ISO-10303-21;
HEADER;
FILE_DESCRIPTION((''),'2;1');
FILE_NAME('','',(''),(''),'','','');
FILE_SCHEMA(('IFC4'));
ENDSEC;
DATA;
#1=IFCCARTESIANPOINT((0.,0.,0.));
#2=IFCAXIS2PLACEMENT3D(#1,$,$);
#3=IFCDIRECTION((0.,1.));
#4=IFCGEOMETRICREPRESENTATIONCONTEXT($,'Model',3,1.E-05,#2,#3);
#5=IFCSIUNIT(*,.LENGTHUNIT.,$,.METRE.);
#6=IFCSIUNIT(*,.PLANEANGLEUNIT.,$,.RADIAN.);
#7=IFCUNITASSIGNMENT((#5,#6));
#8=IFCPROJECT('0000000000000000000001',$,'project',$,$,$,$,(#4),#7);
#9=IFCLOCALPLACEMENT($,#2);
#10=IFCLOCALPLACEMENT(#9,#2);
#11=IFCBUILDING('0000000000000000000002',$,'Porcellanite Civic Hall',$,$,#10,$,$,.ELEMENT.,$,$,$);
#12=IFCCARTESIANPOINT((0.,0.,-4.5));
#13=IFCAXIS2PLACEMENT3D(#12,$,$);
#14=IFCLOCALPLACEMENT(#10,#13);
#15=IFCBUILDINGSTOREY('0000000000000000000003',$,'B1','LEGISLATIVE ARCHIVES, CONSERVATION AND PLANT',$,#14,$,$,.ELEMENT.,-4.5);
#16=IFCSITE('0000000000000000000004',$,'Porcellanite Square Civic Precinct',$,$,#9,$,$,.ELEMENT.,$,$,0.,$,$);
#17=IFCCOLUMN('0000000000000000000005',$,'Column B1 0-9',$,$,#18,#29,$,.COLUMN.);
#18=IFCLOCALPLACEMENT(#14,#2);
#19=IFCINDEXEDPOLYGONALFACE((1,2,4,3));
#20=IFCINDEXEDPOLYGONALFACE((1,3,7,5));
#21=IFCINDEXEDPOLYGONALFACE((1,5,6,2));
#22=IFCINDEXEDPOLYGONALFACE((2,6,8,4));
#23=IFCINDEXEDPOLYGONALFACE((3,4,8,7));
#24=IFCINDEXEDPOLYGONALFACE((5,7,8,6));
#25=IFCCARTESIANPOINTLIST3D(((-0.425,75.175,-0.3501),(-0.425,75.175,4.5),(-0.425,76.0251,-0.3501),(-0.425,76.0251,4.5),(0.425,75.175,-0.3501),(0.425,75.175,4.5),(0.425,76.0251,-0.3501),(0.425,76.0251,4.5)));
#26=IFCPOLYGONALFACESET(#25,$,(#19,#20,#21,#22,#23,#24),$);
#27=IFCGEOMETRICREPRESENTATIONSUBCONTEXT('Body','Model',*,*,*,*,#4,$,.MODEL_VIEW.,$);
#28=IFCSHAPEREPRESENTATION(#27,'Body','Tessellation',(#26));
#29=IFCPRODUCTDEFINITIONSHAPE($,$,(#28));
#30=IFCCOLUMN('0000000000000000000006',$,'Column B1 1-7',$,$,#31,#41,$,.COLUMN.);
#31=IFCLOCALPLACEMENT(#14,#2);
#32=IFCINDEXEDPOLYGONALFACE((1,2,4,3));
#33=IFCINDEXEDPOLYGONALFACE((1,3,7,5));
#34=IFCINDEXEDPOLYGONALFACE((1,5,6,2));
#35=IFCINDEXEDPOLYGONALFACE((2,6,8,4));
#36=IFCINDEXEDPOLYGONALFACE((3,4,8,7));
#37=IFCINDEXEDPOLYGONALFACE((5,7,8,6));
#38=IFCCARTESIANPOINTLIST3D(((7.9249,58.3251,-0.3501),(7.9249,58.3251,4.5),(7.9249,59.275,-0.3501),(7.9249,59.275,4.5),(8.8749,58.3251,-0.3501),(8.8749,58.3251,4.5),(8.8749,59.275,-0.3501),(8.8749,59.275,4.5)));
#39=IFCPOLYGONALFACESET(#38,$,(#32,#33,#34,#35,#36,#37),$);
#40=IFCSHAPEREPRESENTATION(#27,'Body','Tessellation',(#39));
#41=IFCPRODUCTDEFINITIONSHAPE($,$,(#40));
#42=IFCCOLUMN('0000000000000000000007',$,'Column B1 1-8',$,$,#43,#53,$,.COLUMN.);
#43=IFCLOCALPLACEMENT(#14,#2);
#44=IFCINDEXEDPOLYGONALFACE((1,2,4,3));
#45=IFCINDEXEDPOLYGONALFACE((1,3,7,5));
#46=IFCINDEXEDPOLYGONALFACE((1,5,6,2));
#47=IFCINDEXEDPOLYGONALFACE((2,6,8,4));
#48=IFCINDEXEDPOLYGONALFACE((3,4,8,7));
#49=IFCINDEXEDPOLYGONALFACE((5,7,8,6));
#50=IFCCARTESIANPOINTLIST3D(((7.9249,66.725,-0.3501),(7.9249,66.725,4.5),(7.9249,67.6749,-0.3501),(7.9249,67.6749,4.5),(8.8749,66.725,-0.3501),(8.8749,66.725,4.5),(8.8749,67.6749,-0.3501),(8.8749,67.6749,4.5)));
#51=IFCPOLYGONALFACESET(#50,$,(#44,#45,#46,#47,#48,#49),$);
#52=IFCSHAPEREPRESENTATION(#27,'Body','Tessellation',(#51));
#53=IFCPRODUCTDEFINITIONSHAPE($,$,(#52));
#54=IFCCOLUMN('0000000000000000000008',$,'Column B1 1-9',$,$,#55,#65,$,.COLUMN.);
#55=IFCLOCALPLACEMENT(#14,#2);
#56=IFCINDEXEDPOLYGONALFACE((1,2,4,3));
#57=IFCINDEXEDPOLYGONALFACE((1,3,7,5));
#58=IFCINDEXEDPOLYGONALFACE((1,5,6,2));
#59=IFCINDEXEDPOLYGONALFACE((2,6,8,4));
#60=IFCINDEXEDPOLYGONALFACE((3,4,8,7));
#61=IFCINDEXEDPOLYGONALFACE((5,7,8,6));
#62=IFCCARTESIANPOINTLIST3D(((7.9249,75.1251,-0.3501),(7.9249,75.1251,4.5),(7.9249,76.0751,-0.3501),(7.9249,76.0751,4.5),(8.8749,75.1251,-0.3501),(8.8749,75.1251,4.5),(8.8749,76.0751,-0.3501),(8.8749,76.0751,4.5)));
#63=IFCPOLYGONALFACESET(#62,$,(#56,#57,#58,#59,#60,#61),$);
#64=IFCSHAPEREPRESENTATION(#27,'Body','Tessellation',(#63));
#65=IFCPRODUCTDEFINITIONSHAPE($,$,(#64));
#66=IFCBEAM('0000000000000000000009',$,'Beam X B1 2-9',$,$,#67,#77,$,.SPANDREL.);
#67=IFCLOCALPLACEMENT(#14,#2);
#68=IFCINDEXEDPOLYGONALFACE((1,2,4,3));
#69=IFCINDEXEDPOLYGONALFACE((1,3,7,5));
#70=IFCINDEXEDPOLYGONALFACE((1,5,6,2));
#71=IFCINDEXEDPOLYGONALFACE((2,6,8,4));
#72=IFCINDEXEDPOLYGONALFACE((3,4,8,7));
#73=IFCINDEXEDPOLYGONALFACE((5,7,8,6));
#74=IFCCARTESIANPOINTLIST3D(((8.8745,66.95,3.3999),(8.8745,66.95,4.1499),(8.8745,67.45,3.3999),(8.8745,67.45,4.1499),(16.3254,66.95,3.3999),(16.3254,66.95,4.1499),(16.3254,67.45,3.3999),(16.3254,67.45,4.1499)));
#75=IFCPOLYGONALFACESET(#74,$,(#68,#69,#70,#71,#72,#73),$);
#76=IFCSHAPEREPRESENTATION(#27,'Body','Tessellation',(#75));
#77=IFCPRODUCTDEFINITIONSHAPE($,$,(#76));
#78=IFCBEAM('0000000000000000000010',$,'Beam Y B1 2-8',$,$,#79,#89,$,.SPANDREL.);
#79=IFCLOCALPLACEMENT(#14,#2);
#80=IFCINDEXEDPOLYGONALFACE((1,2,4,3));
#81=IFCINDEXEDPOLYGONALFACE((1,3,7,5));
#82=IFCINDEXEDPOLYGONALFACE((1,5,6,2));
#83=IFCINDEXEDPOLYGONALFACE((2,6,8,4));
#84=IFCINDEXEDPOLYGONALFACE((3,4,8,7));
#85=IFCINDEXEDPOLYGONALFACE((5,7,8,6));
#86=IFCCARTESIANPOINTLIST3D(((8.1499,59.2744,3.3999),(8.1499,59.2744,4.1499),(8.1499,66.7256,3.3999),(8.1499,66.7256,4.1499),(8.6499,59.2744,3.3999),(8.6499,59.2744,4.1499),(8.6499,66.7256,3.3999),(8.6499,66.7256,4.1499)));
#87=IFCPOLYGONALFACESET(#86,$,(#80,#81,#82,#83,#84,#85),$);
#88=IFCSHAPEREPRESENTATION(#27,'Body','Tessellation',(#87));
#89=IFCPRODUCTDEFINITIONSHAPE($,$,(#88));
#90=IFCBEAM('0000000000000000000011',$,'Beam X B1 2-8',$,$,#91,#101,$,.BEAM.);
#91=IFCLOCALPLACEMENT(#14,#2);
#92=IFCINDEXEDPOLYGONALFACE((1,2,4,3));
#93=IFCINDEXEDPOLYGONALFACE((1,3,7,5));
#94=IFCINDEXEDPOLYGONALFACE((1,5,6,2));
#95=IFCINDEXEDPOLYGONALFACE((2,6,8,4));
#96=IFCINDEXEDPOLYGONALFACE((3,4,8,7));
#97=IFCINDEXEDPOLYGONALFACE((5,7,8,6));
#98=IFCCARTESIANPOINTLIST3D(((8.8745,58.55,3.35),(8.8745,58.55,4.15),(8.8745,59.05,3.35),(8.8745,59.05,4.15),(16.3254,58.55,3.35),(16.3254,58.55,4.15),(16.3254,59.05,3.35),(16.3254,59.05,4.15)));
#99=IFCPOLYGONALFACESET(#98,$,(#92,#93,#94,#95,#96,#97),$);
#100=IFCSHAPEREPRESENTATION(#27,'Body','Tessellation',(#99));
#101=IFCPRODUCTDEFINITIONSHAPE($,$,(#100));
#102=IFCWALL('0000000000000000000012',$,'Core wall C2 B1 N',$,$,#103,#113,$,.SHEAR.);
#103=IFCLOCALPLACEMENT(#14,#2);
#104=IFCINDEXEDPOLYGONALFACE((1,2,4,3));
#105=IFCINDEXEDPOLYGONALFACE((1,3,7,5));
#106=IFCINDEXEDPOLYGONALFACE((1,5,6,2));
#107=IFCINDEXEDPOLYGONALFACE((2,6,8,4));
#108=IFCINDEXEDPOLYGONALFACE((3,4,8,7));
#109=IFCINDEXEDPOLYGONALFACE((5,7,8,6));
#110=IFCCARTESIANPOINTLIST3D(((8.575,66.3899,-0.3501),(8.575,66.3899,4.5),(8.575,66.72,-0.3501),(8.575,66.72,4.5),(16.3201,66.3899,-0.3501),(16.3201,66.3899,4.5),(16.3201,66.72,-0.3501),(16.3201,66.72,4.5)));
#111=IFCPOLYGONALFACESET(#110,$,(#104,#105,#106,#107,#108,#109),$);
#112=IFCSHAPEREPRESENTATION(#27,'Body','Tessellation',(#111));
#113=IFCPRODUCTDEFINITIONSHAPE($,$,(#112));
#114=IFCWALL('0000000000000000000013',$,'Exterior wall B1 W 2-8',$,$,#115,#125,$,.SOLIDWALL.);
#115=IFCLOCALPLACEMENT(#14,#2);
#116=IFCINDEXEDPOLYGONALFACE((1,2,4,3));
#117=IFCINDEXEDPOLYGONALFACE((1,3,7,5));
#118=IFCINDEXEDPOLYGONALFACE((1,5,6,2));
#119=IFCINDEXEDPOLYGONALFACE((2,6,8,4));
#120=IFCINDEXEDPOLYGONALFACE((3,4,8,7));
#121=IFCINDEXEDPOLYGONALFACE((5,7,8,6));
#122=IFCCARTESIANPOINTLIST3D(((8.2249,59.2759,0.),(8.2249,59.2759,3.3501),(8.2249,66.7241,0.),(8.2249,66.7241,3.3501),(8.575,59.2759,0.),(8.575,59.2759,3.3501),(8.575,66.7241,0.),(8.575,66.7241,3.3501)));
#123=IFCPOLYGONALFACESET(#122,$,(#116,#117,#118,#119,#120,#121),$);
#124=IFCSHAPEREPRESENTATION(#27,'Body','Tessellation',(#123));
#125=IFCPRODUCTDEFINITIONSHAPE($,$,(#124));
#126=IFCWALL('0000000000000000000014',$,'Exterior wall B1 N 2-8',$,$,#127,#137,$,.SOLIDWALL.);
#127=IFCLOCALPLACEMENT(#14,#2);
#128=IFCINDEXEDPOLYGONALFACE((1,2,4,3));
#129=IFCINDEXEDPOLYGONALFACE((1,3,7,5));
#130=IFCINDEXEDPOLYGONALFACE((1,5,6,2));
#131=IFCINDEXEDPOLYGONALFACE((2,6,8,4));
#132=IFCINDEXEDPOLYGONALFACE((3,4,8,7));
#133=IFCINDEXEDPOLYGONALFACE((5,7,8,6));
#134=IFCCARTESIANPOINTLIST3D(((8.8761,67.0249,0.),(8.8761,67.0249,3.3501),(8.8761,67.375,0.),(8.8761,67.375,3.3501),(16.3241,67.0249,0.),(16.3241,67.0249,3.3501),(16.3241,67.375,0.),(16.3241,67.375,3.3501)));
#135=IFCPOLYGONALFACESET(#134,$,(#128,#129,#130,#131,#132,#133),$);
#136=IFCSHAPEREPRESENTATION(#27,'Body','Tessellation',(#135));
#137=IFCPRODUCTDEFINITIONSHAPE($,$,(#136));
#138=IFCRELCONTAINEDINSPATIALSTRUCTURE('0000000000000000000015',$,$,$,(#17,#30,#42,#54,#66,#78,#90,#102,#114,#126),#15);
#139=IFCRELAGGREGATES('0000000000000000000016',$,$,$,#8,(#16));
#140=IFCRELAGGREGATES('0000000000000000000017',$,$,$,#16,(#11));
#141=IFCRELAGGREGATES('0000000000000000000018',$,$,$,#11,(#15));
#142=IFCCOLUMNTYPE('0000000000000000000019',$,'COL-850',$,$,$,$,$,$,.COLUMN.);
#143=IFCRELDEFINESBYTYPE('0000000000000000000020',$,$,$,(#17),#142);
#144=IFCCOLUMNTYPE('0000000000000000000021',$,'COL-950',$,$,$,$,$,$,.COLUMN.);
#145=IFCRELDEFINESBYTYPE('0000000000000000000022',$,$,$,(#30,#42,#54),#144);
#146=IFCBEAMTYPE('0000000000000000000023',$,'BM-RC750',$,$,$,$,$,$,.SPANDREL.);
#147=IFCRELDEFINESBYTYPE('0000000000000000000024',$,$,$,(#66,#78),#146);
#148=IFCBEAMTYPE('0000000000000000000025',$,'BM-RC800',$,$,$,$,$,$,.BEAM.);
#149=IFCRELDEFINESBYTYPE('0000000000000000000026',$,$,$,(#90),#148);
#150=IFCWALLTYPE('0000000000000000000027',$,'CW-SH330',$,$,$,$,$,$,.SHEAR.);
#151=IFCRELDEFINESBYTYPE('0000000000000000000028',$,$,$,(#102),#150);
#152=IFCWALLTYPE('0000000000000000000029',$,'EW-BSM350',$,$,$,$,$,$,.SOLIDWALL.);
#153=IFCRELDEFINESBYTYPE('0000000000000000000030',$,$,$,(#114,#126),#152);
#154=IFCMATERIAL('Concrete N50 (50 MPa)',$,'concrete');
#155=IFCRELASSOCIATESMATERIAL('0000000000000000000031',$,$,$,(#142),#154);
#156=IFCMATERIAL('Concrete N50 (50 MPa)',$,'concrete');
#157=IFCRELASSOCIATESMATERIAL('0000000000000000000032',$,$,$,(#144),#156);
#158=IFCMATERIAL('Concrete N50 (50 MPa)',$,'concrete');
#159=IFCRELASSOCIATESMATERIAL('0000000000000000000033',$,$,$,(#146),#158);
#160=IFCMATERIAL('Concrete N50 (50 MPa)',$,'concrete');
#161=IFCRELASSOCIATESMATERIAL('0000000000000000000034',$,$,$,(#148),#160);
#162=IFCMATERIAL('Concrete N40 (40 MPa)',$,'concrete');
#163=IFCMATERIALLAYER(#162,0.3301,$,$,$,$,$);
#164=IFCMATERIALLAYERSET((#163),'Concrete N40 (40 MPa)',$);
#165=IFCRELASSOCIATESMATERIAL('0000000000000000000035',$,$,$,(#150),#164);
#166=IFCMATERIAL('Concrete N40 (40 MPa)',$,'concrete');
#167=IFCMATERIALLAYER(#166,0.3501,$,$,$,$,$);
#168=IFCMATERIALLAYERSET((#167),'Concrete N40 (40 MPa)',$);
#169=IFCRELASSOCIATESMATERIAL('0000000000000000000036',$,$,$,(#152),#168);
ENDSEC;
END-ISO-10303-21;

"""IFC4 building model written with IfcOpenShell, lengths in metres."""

from ifc_helpers import new_model, si_unit, direction, frame, frame_2d, origin, origin_2d, place, context, subcontext, project, spatial, rectangle, extrude, material, layer, layer_set, material_profile, profile_set, type_object, element, save


model = new_model("IFC4")

# Units and contexts
model_context = context("Model", 3, precision=1e-05, world=origin(), true_north=direction((0.0, 1.0)))
body_context = subcontext(model_context, "Body", "Model", "MODEL_VIEW")
ifc_project = project(units=[si_unit("LENGTHUNIT", "METRE"), si_unit("PLANEANGLEUNIT", "RADIAN")], contexts=[model_context])

# Site, building, storey
site_placement = place(None, origin())
site = spatial("IfcSite", under=ifc_project, at=site_placement, Name="Porcellanite Square Civic Precinct", CompositionType="ELEMENT", RefElevation=0.0)
building_placement = place(site_placement, origin())
building = spatial("IfcBuilding", under=site, at=building_placement, Name="Porcellanite Civic Hall", CompositionType="ELEMENT")
storey_placement = place(building_placement, frame((0.0, 0.0, -4.5)))
storey = spatial("IfcBuildingStorey", under=building, at=storey_placement, Name="B1", Description="LEGISLATIVE ARCHIVES, CONSERVATION AND PLANT", CompositionType="ELEMENT", Elevation=-4.5)

# Columns
ifc_material_1 = material(Name="Concrete N50 (50 MPa)", Category="concrete")
ifc_material_profile_1 = material_profile(ifc_material_1, rectangle(XDim=0.8501, YDim=0.8501, at=origin_2d()), Name="RC-850x850")
ifc_profile_set_1 = profile_set([ifc_material_profile_1], Name="Concrete N50 (50 MPa)")
column_type_1 = type_object("IfcColumnType", Name="COL-850", PredefinedType="COLUMN", material=ifc_profile_set_1)
for number, where, z_axis, x_axis, name in (
    (1, (0.0, 75.6001, -0.3501), (0.0, 0.0, 1.0), (1.0, 0.0, 0.0), "Column B1 0-9"),
):
    element("IfcColumn", number, at=place(storey_placement, frame(where, z_axis=z_axis, x_axis=x_axis)), inside=storey, type_object=column_type_1, Name=name, PredefinedType="COLUMN", context=body_context, shape_type="SweptSolid", body=[
        extrude(rectangle(XDim=0.8501, YDim=0.8501, at=origin_2d()), origin(), (0.0, 0.0, 1.0), 4.8501),
    ])
ifc_material_2 = material(Name="Concrete N50 (50 MPa)", Category="concrete")
ifc_material_profile_2 = material_profile(ifc_material_2, rectangle(XDim=0.95, YDim=0.95, at=origin_2d()), Name="RC-950x950")
ifc_profile_set_2 = profile_set([ifc_material_profile_2], Name="Concrete N50 (50 MPa)")
column_type_2 = type_object("IfcColumnType", Name="COL-950", PredefinedType="COLUMN", material=ifc_profile_set_2)
for number, where, z_axis, x_axis, name in (
    (2, (8.3999, 58.8, -0.3501), (0.0, 0.0, 1.0), (1.0, 0.0, 0.0), "Column B1 1-7"),
    (3, (8.3999, 67.2, -0.3501), (0.0, 0.0, 1.0), (1.0, 0.0, 0.0), "Column B1 1-8"),
    (4, (8.3999, 75.6001, -0.3501), (0.0, 0.0, 1.0), (1.0, 0.0, 0.0), "Column B1 1-9"),
):
    element("IfcColumn", number, at=place(storey_placement, frame(where, z_axis=z_axis, x_axis=x_axis)), inside=storey, type_object=column_type_2, Name=name, PredefinedType="COLUMN", context=body_context, shape_type="SweptSolid", body=[
        extrude(rectangle(XDim=0.95, YDim=0.95, at=origin_2d()), origin(), (0.0, 0.0, 1.0), 4.8501),
    ])

# Beams
ifc_material_3 = material(Name="Concrete N50 (50 MPa)", Category="concrete")
ifc_material_profile_3 = material_profile(ifc_material_3, rectangle(XDim=0.5, YDim=0.75, at=origin_2d()), Name="RC-500x750")
ifc_profile_set_3 = profile_set([ifc_material_profile_3], Name="Concrete N50 (50 MPa)")
beam_type_1 = type_object("IfcBeamType", Name="BM-RC750", PredefinedType="SPANDREL", material=ifc_profile_set_3)
beam_1_placement = place(storey_placement, frame((8.8745, 67.2, 3.7749), z_axis=(1.0, 0.0, 0.0), x_axis=(0.0, 1.0, 0.0)))
element("IfcBeam", 5, at=beam_1_placement, inside=storey, type_object=beam_type_1, Name="Beam X B1 2-9", PredefinedType="SPANDREL", context=body_context, shape_type="SweptSolid", body=[
    extrude(rectangle(XDim=0.5, YDim=0.75, at=origin_2d()), origin(), (0.0, 0.0, 1.0), 7.4509),
])
beam_2_placement = place(storey_placement, frame((8.3999, 59.2744, 3.7749), z_axis=(0.0, 1.0, 0.0), x_axis=(-1.0, 0.0, 0.0)))
element("IfcBeam", 6, at=beam_2_placement, inside=storey, type_object=beam_type_1, Name="Beam Y B1 2-8", PredefinedType="SPANDREL", context=body_context, shape_type="SweptSolid", body=[
    extrude(rectangle(XDim=0.5, YDim=0.75, at=origin_2d()), origin(), (0.0, 0.0, 1.0), 7.4512),
])
ifc_material_4 = material(Name="Concrete N50 (50 MPa)", Category="concrete")
ifc_material_profile_4 = material_profile(ifc_material_4, rectangle(XDim=0.5, YDim=0.8, at=origin_2d()), Name="RC-500x800")
ifc_profile_set_4 = profile_set([ifc_material_profile_4], Name="Concrete N50 (50 MPa)")
beam_type_2 = type_object("IfcBeamType", Name="BM-RC800", PredefinedType="BEAM", material=ifc_profile_set_4)
beam_3_placement = place(storey_placement, frame((8.8745, 58.8, 3.75), z_axis=(1.0, 0.0, 0.0), x_axis=(0.0, 1.0, 0.0)))
element("IfcBeam", 7, at=beam_3_placement, inside=storey, type_object=beam_type_2, Name="Beam X B1 2-8", PredefinedType="BEAM", context=body_context, shape_type="SweptSolid", body=[
    extrude(rectangle(XDim=0.5, YDim=0.8, at=origin_2d()), origin(), (0.0, 0.0, 1.0), 7.4509),
])

# Walls
ifc_material_5 = material(Name="Concrete N40 (40 MPa)", Category="concrete")
ifc_layer_1 = layer(ifc_material_5, 0.3301)
ifc_layer_set_1 = layer_set([ifc_layer_1], Name="Concrete N40 (40 MPa)")
wall_type_1 = type_object("IfcWallType", Name="CW-SH330", PredefinedType="SHEAR", material=ifc_layer_set_1)
wall_1_placement = place(storey_placement, frame((8.575, 66.5549, -0.3501), z_axis=(0.0, 0.0, 1.0), x_axis=(1.0, 0.0, 0.0)))
element("IfcWall", 8, at=wall_1_placement, inside=storey, type_object=wall_type_1, Name="Core wall C2 B1 N", PredefinedType="SHEAR", context=body_context, shape_type="SweptSolid", body=[
    extrude(rectangle(XDim=7.7451, YDim=0.3301, at=frame_2d((3.8726, 0.0))), origin(), (0.0, 0.0, 1.0), 4.8501),
])
ifc_material_6 = material(Name="Concrete N40 (40 MPa)", Category="concrete")
ifc_layer_2 = layer(ifc_material_6, 0.3501)
ifc_layer_set_2 = layer_set([ifc_layer_2], Name="Concrete N40 (40 MPa)")
wall_type_2 = type_object("IfcWallType", Name="EW-BSM350", PredefinedType="SOLIDWALL", material=ifc_layer_set_2)
wall_2_placement = place(storey_placement, frame((8.3999, 59.2759, 0.0), z_axis=(0.0, 0.0, 1.0), x_axis=(0.0, 1.0, 0.0)))
element("IfcWall", 9, at=wall_2_placement, inside=storey, type_object=wall_type_2, Name="Exterior wall B1 W 2-8", PredefinedType="SOLIDWALL", context=body_context, shape_type="SweptSolid", body=[
    extrude(rectangle(XDim=7.4482, YDim=0.3501, at=frame_2d((3.7241, 0.0))), origin(), (0.0, 0.0, 1.0), 3.3501),
])
wall_3_placement = place(storey_placement, frame((8.876, 67.2, 0.0), z_axis=(0.0, 0.0, 1.0), x_axis=(1.0, 0.0, 0.0)))
element("IfcWall", 10, at=wall_3_placement, inside=storey, type_object=wall_type_2, Name="Exterior wall B1 N 2-8", PredefinedType="SOLIDWALL", context=body_context, shape_type="SweptSolid", body=[
    extrude(rectangle(XDim=7.448, YDim=0.3501, at=frame_2d((3.7241, 0.0))), origin(), (0.0, 0.0, 1.0), 3.3501),
])

save(model, "model.ifc")
